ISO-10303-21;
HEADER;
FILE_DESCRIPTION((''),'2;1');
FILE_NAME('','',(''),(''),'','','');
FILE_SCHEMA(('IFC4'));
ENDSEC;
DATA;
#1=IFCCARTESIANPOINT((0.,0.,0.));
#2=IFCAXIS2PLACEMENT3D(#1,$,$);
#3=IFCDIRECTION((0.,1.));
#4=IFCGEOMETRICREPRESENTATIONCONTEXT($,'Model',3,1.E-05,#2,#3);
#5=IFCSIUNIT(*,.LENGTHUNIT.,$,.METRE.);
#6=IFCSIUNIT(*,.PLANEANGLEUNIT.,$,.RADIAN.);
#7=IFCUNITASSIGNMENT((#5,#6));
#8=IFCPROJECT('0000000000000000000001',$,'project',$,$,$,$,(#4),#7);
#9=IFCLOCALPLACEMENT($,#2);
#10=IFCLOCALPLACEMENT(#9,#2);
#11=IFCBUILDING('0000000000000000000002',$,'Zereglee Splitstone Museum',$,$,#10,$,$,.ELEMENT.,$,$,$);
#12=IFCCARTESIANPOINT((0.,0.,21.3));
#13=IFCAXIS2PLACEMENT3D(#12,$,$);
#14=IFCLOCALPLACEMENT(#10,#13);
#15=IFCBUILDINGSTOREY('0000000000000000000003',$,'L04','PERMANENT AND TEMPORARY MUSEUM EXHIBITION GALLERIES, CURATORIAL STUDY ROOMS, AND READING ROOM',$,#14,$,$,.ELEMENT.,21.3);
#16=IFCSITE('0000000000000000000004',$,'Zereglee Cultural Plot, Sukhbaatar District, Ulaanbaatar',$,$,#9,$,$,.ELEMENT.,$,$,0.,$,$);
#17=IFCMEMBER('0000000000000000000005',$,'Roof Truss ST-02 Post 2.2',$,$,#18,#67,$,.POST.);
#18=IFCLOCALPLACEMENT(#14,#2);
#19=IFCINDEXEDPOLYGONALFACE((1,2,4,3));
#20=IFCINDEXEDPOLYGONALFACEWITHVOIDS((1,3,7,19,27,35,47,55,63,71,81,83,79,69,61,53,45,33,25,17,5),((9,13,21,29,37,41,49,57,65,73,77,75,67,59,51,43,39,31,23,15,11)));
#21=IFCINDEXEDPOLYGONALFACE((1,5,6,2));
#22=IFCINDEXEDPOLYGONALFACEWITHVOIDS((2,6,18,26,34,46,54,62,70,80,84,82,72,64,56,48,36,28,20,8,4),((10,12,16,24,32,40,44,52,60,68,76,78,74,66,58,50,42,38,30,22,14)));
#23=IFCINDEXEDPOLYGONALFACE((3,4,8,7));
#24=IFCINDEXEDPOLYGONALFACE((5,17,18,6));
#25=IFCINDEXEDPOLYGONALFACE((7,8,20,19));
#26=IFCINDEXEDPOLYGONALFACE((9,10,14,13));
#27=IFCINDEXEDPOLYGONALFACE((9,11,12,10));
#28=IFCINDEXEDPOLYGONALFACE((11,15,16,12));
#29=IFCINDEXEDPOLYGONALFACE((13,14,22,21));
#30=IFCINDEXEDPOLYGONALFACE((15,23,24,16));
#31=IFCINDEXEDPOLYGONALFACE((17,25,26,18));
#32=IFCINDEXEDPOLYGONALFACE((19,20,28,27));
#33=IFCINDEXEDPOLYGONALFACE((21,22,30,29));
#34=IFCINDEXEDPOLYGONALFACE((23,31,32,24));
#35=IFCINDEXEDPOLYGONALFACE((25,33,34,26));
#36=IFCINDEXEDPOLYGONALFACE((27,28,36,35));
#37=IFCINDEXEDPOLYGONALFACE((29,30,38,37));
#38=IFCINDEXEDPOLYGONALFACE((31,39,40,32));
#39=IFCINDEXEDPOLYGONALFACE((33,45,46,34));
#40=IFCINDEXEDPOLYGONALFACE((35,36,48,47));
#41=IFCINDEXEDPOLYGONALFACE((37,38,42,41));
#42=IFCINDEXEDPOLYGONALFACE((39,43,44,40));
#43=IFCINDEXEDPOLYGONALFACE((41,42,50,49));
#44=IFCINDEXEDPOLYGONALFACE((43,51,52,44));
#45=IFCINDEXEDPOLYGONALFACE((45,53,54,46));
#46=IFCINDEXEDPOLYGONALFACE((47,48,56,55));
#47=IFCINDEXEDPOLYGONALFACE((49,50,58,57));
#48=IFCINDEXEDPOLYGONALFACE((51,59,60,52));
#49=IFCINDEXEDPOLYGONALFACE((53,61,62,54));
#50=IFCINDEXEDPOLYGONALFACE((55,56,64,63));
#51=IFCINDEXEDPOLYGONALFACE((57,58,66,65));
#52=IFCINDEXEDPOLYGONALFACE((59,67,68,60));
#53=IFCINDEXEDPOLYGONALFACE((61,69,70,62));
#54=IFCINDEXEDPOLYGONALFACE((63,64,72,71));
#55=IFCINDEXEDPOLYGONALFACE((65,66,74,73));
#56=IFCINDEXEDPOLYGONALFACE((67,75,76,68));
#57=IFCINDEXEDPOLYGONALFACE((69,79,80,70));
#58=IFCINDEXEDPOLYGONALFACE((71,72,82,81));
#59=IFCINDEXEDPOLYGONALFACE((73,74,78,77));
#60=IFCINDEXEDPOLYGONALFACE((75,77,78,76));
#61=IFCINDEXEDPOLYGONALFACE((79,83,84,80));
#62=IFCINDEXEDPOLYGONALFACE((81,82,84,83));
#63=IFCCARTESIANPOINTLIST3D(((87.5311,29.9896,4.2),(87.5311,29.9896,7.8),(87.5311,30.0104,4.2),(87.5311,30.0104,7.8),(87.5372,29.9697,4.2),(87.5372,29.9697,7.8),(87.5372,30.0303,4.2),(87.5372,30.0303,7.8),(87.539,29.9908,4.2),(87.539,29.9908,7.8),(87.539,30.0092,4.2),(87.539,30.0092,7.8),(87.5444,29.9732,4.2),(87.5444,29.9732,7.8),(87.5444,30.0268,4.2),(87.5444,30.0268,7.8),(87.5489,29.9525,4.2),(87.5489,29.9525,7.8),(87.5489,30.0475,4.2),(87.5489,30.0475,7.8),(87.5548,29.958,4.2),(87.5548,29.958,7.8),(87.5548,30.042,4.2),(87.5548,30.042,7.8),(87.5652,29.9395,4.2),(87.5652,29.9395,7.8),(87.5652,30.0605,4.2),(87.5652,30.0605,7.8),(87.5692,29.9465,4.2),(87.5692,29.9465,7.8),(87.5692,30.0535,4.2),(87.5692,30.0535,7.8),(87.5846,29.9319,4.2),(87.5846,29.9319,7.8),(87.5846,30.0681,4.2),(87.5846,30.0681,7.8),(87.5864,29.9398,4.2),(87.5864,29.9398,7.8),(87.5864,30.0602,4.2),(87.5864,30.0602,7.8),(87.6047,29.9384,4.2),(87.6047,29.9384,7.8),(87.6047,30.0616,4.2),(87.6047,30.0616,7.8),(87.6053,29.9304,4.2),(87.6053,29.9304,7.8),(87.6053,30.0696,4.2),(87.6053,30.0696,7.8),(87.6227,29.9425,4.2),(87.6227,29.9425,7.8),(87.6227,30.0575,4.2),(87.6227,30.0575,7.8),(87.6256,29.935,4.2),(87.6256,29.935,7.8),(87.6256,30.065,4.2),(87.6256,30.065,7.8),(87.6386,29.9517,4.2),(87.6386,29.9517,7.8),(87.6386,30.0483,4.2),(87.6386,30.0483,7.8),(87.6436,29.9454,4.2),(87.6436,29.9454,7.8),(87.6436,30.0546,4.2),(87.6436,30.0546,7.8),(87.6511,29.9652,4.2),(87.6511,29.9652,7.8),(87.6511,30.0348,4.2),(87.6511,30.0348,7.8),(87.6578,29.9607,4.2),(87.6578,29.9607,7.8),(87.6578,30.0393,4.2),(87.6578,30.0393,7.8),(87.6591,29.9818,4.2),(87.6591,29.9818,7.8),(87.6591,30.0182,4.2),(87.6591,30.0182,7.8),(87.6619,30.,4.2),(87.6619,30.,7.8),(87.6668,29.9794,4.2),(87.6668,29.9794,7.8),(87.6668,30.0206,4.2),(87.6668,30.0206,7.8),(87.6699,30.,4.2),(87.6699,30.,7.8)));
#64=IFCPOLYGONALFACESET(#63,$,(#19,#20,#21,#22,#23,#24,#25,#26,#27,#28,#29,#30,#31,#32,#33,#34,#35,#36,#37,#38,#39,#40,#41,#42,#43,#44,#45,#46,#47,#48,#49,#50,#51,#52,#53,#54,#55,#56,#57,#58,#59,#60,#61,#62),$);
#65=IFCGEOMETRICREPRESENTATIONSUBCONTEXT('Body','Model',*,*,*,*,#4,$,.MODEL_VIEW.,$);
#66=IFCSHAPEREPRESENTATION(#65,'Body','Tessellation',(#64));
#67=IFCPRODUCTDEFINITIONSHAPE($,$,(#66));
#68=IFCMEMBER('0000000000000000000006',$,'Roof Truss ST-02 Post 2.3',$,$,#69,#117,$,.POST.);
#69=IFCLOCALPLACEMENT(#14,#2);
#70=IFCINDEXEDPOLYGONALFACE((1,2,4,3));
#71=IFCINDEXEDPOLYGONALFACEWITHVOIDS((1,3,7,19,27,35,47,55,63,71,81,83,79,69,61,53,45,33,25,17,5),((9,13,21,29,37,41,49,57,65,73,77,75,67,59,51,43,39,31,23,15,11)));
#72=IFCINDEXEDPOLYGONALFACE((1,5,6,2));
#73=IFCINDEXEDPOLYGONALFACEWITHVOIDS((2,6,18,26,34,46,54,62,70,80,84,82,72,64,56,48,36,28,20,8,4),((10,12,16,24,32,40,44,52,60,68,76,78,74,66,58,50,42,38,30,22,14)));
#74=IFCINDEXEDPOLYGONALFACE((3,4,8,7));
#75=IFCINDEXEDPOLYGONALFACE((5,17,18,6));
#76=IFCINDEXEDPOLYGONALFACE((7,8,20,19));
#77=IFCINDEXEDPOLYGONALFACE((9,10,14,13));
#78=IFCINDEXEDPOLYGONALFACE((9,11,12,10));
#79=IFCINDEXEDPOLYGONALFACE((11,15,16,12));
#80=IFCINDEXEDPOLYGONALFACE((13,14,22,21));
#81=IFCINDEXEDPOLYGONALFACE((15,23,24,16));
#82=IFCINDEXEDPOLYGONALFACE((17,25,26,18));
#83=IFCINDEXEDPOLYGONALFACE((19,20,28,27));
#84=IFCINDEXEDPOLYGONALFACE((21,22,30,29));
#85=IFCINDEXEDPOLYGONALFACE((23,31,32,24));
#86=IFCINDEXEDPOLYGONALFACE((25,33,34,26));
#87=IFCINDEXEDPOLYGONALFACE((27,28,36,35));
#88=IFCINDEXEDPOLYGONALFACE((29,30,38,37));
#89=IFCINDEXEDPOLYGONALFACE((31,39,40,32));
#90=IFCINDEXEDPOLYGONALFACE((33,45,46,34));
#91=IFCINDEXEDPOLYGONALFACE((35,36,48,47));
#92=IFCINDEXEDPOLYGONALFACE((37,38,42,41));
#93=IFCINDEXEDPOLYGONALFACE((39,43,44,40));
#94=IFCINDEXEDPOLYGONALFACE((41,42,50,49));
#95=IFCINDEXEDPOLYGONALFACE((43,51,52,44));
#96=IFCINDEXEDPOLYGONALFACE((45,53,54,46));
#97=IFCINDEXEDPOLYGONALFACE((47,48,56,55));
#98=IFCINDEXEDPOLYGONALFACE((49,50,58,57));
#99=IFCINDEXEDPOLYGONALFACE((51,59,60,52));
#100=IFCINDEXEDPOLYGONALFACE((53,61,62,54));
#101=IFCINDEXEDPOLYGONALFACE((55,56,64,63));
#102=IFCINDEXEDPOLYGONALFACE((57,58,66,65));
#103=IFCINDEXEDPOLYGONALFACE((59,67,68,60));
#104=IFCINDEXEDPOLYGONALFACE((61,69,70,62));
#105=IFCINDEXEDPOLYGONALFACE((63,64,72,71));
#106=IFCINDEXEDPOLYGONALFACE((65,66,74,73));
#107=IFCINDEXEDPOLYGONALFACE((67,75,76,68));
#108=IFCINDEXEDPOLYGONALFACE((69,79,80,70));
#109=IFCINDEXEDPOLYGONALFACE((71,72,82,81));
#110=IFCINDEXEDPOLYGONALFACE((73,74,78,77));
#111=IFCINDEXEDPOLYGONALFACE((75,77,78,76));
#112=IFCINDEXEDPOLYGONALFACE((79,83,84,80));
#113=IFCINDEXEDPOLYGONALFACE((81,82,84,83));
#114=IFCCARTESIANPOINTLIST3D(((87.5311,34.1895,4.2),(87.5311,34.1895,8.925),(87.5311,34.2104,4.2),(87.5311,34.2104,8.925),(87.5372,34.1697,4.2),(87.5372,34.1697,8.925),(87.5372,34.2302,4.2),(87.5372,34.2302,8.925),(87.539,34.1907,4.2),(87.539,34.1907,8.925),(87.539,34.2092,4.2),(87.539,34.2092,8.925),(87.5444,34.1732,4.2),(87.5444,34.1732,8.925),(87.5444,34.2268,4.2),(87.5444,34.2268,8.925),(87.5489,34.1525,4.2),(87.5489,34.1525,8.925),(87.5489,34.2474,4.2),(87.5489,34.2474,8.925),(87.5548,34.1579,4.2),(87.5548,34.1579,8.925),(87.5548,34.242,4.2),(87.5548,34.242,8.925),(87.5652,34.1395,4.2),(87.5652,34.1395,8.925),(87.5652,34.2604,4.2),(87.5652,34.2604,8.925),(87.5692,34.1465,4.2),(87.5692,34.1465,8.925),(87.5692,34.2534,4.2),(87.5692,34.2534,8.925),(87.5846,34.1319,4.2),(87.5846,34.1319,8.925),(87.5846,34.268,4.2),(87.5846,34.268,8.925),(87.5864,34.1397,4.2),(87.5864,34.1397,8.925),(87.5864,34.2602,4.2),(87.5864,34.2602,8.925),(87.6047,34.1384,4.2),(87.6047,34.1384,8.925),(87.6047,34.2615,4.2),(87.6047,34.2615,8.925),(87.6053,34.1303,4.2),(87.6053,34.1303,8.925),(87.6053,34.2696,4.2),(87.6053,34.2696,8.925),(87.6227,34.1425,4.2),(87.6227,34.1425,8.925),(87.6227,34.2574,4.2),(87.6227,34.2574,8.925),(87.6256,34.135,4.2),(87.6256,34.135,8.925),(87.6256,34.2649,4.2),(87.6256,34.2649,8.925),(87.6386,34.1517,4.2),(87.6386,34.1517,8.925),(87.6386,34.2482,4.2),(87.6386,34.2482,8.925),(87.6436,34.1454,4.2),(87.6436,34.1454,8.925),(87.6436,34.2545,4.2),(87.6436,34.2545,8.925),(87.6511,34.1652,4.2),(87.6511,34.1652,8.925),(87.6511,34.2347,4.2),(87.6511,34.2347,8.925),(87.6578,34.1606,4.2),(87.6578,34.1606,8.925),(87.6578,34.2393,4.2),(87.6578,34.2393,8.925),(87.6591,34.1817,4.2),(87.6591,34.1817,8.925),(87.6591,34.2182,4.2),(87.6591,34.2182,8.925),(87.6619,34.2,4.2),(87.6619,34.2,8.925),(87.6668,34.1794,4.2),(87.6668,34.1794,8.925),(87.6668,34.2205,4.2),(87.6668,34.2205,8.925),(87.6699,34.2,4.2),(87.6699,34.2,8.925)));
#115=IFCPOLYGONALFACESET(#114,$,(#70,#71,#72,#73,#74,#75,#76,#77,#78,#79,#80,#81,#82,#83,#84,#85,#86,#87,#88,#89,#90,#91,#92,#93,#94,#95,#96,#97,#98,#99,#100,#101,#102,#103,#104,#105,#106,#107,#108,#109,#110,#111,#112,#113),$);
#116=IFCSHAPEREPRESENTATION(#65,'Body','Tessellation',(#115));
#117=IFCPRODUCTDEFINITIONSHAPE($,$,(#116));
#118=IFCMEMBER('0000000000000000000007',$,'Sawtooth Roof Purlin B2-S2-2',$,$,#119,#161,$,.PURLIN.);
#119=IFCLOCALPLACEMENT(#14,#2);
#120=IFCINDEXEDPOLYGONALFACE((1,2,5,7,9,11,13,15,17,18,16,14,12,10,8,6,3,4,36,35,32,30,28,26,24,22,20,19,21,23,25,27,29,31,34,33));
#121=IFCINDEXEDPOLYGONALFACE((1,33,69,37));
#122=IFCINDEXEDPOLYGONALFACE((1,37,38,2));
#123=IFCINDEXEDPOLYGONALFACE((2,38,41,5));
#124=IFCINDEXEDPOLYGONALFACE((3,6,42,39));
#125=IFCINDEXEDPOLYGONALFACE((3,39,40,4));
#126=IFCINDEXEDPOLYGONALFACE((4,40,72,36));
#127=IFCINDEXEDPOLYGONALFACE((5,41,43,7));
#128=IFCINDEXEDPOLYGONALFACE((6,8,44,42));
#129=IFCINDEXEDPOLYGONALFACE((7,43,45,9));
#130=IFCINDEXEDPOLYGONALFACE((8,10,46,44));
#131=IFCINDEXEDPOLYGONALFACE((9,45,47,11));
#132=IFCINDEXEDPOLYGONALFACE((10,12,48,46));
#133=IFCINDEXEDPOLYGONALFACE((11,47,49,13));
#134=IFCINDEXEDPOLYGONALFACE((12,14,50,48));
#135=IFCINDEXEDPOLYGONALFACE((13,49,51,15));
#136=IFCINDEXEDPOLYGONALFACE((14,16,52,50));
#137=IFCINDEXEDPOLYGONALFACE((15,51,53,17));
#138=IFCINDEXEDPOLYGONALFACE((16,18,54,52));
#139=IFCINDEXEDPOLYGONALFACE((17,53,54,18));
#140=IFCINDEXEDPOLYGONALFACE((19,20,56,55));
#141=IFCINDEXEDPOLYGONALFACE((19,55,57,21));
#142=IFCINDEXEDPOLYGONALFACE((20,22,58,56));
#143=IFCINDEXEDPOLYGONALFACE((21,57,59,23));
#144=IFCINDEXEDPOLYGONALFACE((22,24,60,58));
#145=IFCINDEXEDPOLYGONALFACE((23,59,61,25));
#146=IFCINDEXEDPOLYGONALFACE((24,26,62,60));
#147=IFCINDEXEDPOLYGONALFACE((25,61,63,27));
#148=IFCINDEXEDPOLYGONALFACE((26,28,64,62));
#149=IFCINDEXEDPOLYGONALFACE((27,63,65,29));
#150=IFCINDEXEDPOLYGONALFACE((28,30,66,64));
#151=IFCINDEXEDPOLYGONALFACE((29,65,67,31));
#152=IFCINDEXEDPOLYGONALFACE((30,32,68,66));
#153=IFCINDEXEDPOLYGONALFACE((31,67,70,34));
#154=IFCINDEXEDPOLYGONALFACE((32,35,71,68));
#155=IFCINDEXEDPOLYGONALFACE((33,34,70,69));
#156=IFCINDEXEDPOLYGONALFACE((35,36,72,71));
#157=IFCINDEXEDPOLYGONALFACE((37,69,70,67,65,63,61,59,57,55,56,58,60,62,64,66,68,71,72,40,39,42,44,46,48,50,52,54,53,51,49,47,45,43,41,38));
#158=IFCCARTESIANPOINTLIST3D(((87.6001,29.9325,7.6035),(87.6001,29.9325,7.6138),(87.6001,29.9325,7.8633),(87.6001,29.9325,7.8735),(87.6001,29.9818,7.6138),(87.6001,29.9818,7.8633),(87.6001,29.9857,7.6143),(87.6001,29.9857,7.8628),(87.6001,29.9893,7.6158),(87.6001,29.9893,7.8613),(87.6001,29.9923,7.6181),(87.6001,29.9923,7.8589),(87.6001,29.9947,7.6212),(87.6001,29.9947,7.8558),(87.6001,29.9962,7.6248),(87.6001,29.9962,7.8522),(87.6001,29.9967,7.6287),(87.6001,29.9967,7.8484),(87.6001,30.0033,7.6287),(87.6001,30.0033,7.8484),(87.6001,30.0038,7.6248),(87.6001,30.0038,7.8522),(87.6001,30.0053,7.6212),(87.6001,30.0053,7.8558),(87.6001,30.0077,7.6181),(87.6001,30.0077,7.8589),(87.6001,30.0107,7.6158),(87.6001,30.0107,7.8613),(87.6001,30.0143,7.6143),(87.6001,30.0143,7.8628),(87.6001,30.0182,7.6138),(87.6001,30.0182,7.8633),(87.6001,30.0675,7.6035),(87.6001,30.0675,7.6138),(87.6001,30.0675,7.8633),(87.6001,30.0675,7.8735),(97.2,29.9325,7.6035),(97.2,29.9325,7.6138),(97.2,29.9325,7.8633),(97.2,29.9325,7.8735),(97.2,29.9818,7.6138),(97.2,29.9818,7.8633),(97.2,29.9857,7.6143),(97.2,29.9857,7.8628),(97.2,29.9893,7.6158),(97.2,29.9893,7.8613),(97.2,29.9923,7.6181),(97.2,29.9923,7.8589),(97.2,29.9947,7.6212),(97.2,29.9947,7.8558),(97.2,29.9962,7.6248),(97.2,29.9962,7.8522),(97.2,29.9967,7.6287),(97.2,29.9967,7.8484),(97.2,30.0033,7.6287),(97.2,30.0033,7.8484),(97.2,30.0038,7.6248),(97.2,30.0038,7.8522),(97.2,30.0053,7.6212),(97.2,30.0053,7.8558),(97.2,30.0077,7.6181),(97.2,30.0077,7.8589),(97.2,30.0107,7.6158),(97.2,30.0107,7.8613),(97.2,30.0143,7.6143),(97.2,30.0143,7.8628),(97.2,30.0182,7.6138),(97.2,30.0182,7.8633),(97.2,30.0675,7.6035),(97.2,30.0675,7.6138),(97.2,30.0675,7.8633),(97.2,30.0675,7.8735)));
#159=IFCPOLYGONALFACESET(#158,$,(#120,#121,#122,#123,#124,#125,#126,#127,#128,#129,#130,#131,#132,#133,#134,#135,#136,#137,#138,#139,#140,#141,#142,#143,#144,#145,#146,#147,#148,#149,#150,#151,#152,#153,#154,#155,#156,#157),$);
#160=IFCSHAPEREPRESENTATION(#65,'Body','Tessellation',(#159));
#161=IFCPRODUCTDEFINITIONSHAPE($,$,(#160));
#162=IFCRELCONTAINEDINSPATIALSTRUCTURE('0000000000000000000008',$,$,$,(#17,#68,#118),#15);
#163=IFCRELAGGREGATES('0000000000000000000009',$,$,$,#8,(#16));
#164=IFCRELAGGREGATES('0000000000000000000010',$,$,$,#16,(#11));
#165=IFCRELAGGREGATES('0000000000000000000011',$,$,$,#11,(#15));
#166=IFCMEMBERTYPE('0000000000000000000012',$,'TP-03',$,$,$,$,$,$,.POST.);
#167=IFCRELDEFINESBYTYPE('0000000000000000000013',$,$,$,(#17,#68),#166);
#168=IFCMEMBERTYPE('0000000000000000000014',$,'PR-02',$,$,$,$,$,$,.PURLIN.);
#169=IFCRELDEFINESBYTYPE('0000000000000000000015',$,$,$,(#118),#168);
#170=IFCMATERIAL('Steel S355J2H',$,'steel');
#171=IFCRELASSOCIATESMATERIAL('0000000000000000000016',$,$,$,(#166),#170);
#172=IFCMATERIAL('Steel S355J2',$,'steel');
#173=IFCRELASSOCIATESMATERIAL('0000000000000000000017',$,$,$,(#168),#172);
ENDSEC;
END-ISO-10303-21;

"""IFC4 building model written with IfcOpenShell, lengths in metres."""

from ifc_helpers import new_model, si_unit, direction, frame, origin, origin_2d, place, context, subcontext, project, spatial, hollow_circle, i_section, extrude, material, material_profile, profile_set, type_object, element, save


model = new_model("IFC4")

# Units and contexts
model_context = context("Model", 3, precision=1e-05, world=origin(), true_north=direction((0.0, 1.0)))
body_context = subcontext(model_context, "Body", "Model", "MODEL_VIEW")
ifc_project = project(units=[si_unit("LENGTHUNIT", "METRE"), si_unit("PLANEANGLEUNIT", "RADIAN")], contexts=[model_context])

# Site, building, storey
site_placement = place(None, origin())
site = spatial("IfcSite", under=ifc_project, at=site_placement, Name="Zereglee Cultural Plot, Sukhbaatar District, Ulaanbaatar", CompositionType="ELEMENT", RefElevation=0.0)
building_placement = place(site_placement, origin())
building = spatial("IfcBuilding", under=site, at=building_placement, Name="Zereglee Splitstone Museum", CompositionType="ELEMENT")
storey_placement = place(building_placement, frame((0.0, 0.0, 21.3)))
storey = spatial("IfcBuildingStorey", under=building, at=storey_placement, Name="L04", Description="PERMANENT AND TEMPORARY MUSEUM EXHIBITION GALLERIES, CURATORIAL STUDY ROOMS, AND READING ROOM", CompositionType="ELEMENT", Elevation=21.3)

# Shared definitions
ifc_material_1 = material(Name="Steel S355J2", Category="steel")

# Shared definitions
ifc_material_2 = material(Name="Steel S355J2H", Category="steel")

# Members
ifc_material_profile_1 = material_profile(ifc_material_2, hollow_circle(Radius=0.0698, WallThickness=0.0081, at=origin_2d()), Name="CHS 139.7x8")
ifc_profile_set_1 = profile_set([ifc_material_profile_1], Name="Steel S355J2H")
member_type_1 = type_object("IfcMemberType", Name="TP-03", PredefinedType="POST", material=ifc_profile_set_1)
member_1_placement = place(storey_placement, frame((87.6001, 30.0, 4.2), z_axis=(0.0, 0.0, 1.0), x_axis=(1.0, 0.0, 0.0)))
element("IfcMember", 1, at=member_1_placement, inside=storey, type_object=member_type_1, Name="Roof Truss ST-02 Post 2.2", PredefinedType="POST", context=body_context, shape_type="SweptSolid", body=[
    extrude(hollow_circle(Radius=0.0698, WallThickness=0.0081, at=origin_2d()), origin(), (0.0, 0.0, 1.0), 3.6001),
])
member_2_placement = place(storey_placement, frame((87.6001, 34.2, 4.2), z_axis=(0.0, 0.0, 1.0), x_axis=(1.0, 0.0, 0.0)))
element("IfcMember", 2, at=member_2_placement, inside=storey, type_object=member_type_1, Name="Roof Truss ST-02 Post 2.3", PredefinedType="POST", context=body_context, shape_type="SweptSolid", body=[
    extrude(hollow_circle(Radius=0.0698, WallThickness=0.0081, at=origin_2d()), origin(), (0.0, 0.0, 1.0), 4.7251),
])
ifc_material_profile_2 = material_profile(ifc_material_1, i_section(OverallWidth=0.135, OverallDepth=0.27, WebThickness=0.0066, FlangeThickness=0.0103, FilletRadius=0.0149, at=origin_2d()), Name="IPE 270")
ifc_profile_set_2 = profile_set([ifc_material_profile_2], Name="Steel S355J2")
member_type_2 = type_object("IfcMemberType", Name="PR-02", PredefinedType="PURLIN", material=ifc_profile_set_2)
member_3_placement = place(storey_placement, frame((87.6001, 30.0, 7.7385), z_axis=(1.0, 0.0, 0.0), x_axis=(0.0, 1.0, 0.0)))
element("IfcMember", 3, at=member_3_placement, inside=storey, type_object=member_type_2, Name="Sawtooth Roof Purlin B2-S2-2", PredefinedType="PURLIN", context=body_context, shape_type="SweptSolid", body=[
    extrude(i_section(OverallWidth=0.135, OverallDepth=0.27, WebThickness=0.0066, FlangeThickness=0.0103, FilletRadius=0.0149, at=origin_2d()), origin(), (0.0, 0.0, 1.0), 9.5999),
])

save(model, "model.ifc")
